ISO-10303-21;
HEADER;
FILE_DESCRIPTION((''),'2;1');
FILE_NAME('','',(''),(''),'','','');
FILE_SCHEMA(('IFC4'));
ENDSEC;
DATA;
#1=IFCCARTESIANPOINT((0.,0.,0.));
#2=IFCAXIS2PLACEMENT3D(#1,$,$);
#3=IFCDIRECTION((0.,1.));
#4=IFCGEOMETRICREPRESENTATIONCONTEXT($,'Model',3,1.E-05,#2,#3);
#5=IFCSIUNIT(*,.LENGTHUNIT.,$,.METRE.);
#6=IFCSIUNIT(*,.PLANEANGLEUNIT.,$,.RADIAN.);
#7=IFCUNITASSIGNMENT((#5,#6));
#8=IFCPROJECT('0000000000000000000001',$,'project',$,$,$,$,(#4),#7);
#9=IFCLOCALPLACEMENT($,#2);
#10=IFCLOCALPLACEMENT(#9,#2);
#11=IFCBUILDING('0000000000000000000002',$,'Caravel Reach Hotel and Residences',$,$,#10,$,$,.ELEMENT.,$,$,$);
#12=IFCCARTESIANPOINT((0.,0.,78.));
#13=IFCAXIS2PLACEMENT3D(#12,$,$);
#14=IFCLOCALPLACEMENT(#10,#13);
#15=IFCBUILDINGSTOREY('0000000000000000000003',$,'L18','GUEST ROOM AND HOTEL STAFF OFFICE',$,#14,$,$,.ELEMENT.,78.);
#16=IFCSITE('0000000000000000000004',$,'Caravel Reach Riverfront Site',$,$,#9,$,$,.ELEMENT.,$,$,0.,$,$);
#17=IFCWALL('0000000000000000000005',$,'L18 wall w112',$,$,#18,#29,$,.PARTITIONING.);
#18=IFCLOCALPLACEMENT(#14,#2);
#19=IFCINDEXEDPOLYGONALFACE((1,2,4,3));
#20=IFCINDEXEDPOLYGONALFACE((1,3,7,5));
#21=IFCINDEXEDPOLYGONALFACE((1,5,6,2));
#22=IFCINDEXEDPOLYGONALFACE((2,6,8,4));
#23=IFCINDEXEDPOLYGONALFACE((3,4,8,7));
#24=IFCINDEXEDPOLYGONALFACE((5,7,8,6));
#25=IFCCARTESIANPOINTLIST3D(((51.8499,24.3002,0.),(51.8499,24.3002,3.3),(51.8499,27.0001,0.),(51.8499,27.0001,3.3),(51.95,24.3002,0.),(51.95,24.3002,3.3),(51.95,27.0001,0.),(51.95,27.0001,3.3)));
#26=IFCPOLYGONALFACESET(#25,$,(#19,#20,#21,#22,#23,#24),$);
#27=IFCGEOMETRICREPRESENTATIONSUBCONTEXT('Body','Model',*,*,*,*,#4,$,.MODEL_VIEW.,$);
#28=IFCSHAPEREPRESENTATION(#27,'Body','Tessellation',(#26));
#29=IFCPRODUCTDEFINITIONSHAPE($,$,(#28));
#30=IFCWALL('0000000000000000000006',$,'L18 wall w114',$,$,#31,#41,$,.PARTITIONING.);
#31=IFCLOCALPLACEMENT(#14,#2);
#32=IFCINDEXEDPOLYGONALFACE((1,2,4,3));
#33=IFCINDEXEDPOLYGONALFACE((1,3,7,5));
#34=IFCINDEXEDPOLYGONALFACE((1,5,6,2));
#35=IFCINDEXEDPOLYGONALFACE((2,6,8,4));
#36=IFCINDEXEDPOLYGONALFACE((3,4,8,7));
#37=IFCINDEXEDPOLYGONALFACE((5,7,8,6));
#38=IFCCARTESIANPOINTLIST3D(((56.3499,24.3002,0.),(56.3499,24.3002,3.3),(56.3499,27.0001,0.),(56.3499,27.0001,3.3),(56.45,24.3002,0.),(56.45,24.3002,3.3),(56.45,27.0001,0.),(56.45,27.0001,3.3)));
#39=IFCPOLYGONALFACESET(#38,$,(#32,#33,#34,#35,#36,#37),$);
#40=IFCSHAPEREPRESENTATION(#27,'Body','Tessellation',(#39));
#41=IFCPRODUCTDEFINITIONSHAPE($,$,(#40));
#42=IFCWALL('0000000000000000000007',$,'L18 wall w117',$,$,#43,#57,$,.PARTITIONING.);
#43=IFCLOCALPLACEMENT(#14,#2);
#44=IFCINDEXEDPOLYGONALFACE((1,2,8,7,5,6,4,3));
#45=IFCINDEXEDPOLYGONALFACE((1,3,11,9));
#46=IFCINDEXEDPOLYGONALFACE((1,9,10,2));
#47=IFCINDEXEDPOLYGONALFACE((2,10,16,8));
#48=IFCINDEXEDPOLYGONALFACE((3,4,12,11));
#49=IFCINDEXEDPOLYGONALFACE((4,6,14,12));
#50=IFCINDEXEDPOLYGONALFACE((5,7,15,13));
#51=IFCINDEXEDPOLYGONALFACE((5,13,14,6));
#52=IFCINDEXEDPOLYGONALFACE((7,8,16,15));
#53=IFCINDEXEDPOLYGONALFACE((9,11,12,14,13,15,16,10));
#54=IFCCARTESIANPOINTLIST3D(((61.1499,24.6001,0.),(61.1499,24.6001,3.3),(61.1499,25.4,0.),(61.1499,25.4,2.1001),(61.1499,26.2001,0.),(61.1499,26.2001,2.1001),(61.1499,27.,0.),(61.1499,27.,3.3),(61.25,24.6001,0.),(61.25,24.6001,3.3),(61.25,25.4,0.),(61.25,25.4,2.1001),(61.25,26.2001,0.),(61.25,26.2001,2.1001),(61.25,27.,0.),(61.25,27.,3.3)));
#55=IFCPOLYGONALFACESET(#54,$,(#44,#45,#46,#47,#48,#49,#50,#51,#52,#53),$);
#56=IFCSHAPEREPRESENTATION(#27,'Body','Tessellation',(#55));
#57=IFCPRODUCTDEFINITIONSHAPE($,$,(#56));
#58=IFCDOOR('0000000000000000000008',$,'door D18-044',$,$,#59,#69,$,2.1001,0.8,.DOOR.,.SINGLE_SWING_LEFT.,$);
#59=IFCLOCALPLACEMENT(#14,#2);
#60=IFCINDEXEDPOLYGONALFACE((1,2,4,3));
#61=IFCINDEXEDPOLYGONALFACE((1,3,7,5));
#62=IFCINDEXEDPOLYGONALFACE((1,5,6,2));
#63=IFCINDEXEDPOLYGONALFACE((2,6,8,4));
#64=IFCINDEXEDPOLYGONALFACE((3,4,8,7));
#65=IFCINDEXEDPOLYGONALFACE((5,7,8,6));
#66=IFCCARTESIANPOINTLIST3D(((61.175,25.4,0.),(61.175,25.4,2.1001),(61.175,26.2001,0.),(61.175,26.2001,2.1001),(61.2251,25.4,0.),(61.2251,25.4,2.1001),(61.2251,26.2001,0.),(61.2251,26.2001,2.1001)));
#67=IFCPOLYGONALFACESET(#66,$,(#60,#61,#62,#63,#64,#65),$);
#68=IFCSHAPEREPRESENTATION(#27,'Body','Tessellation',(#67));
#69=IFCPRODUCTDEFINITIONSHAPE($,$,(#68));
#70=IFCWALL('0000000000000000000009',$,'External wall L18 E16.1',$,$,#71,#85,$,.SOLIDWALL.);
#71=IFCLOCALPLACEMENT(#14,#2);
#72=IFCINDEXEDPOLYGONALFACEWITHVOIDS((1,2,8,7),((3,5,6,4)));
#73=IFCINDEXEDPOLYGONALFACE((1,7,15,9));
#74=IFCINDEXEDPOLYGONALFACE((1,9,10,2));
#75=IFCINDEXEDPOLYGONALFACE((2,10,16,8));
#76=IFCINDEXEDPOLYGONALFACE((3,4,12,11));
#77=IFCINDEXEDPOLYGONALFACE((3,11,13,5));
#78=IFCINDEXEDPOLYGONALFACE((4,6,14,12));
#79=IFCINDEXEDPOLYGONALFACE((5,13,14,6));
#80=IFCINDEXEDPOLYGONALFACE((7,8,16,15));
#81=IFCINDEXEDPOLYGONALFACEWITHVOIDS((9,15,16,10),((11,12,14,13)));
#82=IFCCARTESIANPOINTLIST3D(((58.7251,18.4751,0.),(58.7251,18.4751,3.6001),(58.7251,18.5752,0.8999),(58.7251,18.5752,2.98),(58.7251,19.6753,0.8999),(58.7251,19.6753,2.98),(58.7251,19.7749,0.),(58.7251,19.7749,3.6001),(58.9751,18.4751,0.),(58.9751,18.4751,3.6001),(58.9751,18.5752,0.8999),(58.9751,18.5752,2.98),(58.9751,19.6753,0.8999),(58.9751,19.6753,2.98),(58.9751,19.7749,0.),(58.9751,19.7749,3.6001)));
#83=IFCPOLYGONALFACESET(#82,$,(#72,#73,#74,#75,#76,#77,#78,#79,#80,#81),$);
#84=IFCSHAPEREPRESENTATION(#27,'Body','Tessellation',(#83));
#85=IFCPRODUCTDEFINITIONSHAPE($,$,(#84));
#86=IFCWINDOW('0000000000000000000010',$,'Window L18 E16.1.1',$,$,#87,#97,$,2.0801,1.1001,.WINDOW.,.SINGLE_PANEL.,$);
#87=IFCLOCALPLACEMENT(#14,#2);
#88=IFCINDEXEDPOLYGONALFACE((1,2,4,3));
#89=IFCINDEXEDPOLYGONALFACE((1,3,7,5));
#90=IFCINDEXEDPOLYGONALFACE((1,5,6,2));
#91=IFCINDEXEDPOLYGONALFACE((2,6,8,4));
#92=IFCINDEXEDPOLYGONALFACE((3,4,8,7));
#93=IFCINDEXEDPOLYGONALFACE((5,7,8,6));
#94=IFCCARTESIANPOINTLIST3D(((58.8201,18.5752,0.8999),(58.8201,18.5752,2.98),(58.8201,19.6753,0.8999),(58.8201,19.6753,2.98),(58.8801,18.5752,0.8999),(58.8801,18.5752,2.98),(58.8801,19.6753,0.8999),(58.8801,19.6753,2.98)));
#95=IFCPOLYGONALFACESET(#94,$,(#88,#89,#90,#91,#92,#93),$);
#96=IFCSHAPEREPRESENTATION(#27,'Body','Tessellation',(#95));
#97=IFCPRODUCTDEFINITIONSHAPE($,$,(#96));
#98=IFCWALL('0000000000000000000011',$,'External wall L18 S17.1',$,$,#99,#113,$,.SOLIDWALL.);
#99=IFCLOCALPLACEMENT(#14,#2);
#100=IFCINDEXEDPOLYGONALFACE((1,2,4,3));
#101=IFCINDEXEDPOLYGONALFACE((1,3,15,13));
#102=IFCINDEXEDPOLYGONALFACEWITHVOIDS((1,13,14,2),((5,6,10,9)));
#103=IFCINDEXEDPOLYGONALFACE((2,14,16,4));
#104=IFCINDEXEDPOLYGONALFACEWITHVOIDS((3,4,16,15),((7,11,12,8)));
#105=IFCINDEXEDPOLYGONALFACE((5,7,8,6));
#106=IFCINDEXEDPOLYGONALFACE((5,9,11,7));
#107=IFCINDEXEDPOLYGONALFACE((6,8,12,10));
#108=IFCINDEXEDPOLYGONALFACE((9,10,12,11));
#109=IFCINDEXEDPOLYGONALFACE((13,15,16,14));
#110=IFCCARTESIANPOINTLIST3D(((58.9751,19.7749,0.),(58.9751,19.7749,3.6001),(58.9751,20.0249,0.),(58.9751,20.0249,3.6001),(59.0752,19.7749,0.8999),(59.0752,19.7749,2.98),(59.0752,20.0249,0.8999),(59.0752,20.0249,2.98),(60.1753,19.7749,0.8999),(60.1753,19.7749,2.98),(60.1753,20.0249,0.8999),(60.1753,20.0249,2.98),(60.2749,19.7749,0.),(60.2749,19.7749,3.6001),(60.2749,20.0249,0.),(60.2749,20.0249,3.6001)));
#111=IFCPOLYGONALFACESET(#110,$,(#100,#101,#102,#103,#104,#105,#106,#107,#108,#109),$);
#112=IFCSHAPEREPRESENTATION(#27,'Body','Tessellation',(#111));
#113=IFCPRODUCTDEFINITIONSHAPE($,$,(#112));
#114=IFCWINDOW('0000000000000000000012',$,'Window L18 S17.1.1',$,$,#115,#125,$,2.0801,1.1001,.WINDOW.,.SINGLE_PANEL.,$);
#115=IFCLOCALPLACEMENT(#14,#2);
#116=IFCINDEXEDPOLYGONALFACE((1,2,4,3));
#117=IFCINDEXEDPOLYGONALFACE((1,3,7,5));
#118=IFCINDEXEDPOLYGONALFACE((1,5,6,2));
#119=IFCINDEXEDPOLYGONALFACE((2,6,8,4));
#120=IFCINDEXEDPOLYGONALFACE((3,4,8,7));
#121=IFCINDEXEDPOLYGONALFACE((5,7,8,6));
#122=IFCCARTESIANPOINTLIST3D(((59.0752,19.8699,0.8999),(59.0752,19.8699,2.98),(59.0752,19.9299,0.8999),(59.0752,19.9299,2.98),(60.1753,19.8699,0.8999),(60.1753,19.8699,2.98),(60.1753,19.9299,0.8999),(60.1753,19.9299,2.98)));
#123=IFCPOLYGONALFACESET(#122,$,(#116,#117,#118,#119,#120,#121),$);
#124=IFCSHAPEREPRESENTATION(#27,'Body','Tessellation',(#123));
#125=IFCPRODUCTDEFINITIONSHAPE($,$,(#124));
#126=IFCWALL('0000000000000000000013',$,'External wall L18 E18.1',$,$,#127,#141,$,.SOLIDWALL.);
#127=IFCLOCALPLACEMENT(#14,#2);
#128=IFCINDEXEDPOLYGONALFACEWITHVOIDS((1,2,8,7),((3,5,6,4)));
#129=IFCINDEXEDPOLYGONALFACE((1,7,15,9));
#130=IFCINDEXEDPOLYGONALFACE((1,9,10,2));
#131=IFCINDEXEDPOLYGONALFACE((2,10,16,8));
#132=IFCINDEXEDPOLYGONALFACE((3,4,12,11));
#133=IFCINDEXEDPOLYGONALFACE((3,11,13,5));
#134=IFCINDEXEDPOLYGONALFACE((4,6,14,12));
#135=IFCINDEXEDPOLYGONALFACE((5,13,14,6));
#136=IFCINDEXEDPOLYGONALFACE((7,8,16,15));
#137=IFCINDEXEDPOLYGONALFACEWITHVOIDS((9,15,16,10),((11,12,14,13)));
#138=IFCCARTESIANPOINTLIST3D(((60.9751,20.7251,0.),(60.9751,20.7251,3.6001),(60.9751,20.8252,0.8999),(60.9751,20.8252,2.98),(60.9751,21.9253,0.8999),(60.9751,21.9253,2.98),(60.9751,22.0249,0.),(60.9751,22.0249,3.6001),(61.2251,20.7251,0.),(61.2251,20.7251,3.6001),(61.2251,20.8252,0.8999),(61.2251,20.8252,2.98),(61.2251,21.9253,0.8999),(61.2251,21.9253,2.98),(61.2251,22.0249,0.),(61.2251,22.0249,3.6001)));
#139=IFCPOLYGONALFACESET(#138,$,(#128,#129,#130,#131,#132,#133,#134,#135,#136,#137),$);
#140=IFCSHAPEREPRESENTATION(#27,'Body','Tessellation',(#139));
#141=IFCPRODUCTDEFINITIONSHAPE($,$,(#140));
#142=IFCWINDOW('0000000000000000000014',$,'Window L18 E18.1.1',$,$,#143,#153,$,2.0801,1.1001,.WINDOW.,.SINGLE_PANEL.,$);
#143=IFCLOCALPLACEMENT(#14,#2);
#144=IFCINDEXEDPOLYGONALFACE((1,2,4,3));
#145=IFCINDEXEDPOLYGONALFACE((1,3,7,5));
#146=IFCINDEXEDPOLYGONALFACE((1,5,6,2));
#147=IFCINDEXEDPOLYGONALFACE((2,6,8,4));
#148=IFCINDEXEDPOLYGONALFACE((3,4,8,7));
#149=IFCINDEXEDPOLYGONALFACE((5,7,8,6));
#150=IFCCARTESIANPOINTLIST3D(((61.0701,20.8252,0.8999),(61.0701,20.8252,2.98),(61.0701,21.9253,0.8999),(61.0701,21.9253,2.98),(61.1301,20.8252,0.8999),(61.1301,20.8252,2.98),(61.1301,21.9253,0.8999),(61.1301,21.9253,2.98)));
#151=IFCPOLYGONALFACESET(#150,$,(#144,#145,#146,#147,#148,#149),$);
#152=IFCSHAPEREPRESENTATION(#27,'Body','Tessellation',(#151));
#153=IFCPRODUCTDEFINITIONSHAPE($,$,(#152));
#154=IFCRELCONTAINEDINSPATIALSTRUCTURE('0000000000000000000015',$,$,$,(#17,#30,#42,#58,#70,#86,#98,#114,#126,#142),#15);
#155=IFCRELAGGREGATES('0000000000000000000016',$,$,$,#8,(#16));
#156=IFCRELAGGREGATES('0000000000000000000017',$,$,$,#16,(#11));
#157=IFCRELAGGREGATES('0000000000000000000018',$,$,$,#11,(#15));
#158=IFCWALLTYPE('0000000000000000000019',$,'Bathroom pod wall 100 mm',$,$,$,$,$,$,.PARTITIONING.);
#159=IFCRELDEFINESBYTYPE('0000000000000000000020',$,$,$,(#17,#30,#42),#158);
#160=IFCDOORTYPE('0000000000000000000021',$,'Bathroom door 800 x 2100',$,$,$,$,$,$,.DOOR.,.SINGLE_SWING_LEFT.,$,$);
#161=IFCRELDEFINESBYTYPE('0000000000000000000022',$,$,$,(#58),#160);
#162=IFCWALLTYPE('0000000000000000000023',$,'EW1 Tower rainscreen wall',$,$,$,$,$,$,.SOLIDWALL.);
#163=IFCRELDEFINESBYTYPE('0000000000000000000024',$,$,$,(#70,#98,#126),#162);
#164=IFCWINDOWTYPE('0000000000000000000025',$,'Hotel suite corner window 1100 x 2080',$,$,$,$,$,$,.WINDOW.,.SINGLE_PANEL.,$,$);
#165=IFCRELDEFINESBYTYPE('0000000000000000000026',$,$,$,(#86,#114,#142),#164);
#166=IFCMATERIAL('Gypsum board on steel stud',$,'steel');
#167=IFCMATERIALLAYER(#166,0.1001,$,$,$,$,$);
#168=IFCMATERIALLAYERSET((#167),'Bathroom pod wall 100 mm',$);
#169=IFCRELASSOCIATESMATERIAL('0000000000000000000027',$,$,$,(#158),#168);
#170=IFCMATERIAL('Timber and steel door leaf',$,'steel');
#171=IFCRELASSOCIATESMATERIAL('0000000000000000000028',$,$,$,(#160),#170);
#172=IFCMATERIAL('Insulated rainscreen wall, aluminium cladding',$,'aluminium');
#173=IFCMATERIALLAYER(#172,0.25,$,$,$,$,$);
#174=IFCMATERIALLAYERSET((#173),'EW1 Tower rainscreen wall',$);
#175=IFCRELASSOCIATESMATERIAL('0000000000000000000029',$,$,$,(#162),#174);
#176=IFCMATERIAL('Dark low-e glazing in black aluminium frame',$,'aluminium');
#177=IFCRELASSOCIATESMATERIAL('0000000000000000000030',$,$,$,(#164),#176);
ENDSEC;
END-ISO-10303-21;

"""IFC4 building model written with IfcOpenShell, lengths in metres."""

from ifc_helpers import new_model, si_unit, direction, frame, frame_2d, origin, place, context, subcontext, project, spatial, rectangle, extrude, material, layer, layer_set, type_object, element, fill, save


model = new_model("IFC4")

# Units and contexts
model_context = context("Model", 3, precision=1e-05, world=origin(), true_north=direction((0.0, 1.0)))
body_context = subcontext(model_context, "Body", "Model", "MODEL_VIEW")
ifc_project = project(units=[si_unit("LENGTHUNIT", "METRE"), si_unit("PLANEANGLEUNIT", "RADIAN")], contexts=[model_context])

# Site, building, storey
site_placement = place(None, origin())
site = spatial("IfcSite", under=ifc_project, at=site_placement, Name="Caravel Reach Riverfront Site", CompositionType="ELEMENT", RefElevation=0.0)
building_placement = place(site_placement, origin())
building = spatial("IfcBuilding", under=site, at=building_placement, Name="Caravel Reach Hotel and Residences", CompositionType="ELEMENT")
storey_placement = place(building_placement, frame((0.0, 0.0, 78.0)))
storey = spatial("IfcBuildingStorey", under=building, at=storey_placement, Name="L18", Description="GUEST ROOM AND HOTEL STAFF OFFICE", CompositionType="ELEMENT", Elevation=78.0)

# Shared definitions
ifc_material_1 = material(Name="Gypsum board on steel stud", Category="steel")
ifc_layer_1 = layer(ifc_material_1, 0.1001)
ifc_layer_set_1 = layer_set([ifc_layer_1], Name="Bathroom pod wall 100 mm")
wall_type_1 = type_object("IfcWallType", Name="Bathroom pod wall 100 mm", PredefinedType="PARTITIONING", material=ifc_layer_set_1)
ifc_material_2 = material(Name="Timber and steel door leaf", Category="steel")
door_type = type_object("IfcDoorType", Name="Bathroom door 800 x 2100", OperationType="SINGLE_SWING_LEFT", PredefinedType="DOOR", material=ifc_material_2)

# Walls
for number, where, z_axis, x_axis, name in (
    (1, (51.8999, 24.3, 0.0), (0.0, 0.0, 1.0), (0.0, 1.0, 0.0), "L18 wall w112"),
    (2, (56.3999, 24.3, 0.0), (0.0, 0.0, 1.0), (0.0, 1.0, 0.0), "L18 wall w114"),
):
    element("IfcWall", number, at=place(storey_placement, frame(where, z_axis=z_axis, x_axis=x_axis)), inside=storey, type_object=wall_type_1, Name=name, PredefinedType="PARTITIONING", context=body_context, shape_type="SweptSolid", body=[
        extrude(rectangle(XDim=2.7, YDim=0.1001, at=frame_2d((1.3501, 0.0))), origin(), (0.0, 0.0, 1.0), 3.3),
    ])

# Wall, opening, door
wall_1_placement = place(storey_placement, frame((61.2, 24.6001, 0.0), z_axis=(0.0, 0.0, 1.0), x_axis=(0.0, 1.0, 0.0)))
wall_1 = element("IfcWall", 3, at=wall_1_placement, inside=storey, type_object=wall_type_1, Name="L18 wall w117", PredefinedType="PARTITIONING", context=body_context, shape_type="SweptSolid", body=[
    extrude(rectangle(XDim=2.3999, YDim=0.1001, at=frame_2d((1.2, 0.0))), origin(), (0.0, 0.0, 1.0), 3.3),
])
opening_1_placement = place(wall_1_placement, frame((0.8, 0.0, 0.0)))
opening_1 = element("IfcOpeningElement", 4, at=opening_1_placement, cuts=wall_1, PredefinedType="OPENING", context=body_context, shape_type="SweptSolid", body=[
    extrude(rectangle(XDim=0.8, YDim=2.1001, at=frame_2d((0.3999, 1.05))), frame((0.0, 0.0601, 0.0), z_axis=(0.0, -1.0, 0.0), x_axis=(1.0, 0.0, 0.0)), (0.0, 0.0, 1.0), 0.1201),
])
door_1_placement = place(opening_1_placement, origin())
door_1 = element("IfcDoor", 5, at=door_1_placement, inside=storey, type_object=door_type, Name="door D18-044", OperationType="SINGLE_SWING_LEFT", OverallHeight=2.1001, OverallWidth=0.8, PredefinedType="DOOR", context=body_context, shape_type="SweptSolid", body=[
    extrude(rectangle(XDim=0.8, YDim=2.1001, at=frame_2d((0.3999, 1.05))), frame((0.0, 0.0249, 0.0), z_axis=(0.0, -1.0, 0.0), x_axis=(1.0, 0.0, 0.0)), (0.0, 0.0, 1.0), 0.05),
])
fill(opening_1, door_1)

# Walls, openings, windows
ifc_material_3 = material(Name="Insulated rainscreen wall, aluminium cladding", Category="aluminium")
ifc_layer_2 = layer(ifc_material_3, 0.25)
ifc_layer_set_2 = layer_set([ifc_layer_2], Name="EW1 Tower rainscreen wall")
wall_type_2 = type_object("IfcWallType", Name="EW1 Tower rainscreen wall", PredefinedType="SOLIDWALL", material=ifc_layer_set_2)
wall_2_placement = place(storey_placement, frame((58.8501, 18.4751, 0.0), z_axis=(0.0, 0.0, 1.0), x_axis=(0.0, 1.0, 0.0)))
wall_2 = element("IfcWall", 6, at=wall_2_placement, inside=storey, type_object=wall_type_2, Name="External wall L18 E16.1", PredefinedType="SOLIDWALL", context=body_context, shape_type="SweptSolid", body=[
    extrude(rectangle(XDim=1.2998, YDim=0.25, at=frame_2d((0.6499, 0.0))), origin(), (0.0, 0.0, 1.0), 3.6001),
])
opening_2_placement = place(wall_2_placement, frame((0.1001, 0.0, 0.8999)))
opening_2 = element("IfcOpeningElement", 7, at=opening_2_placement, cuts=wall_2, PredefinedType="OPENING", context=body_context, shape_type="SweptSolid", body=[
    extrude(rectangle(XDim=1.1001, YDim=2.0801, at=frame_2d((0.55, 1.04))), frame((0.0, 0.135, 0.0), z_axis=(0.0, -1.0, 0.0), x_axis=(1.0, 0.0, 0.0)), (0.0, 0.0, 1.0), 0.27),
])
ifc_material_4 = material(Name="Dark low-e glazing in black aluminium frame", Category="aluminium")
window_type_1 = type_object("IfcWindowType", Name="Hotel suite corner window 1100 x 2080", PartitioningType="SINGLE_PANEL", PredefinedType="WINDOW", material=ifc_material_4)
window_1_placement = place(opening_2_placement, origin())
window_1 = element("IfcWindow", 8, at=window_1_placement, inside=storey, type_object=window_type_1, Name="Window L18 E16.1.1", OverallHeight=2.0801, OverallWidth=1.1001, PartitioningType="SINGLE_PANEL", PredefinedType="WINDOW", context=body_context, shape_type="SweptSolid", body=[
    extrude(rectangle(XDim=1.1001, YDim=2.0801, at=frame_2d((0.55, 1.04))), frame((0.0, 0.03, 0.0), z_axis=(0.0, -1.0, 0.0), x_axis=(1.0, 0.0, 0.0)), (0.0, 0.0, 1.0), 0.0601),
])
fill(opening_2, window_1)
wall_3_placement = place(storey_placement, frame((58.9751, 19.8999, 0.0), z_axis=(0.0, 0.0, 1.0), x_axis=(1.0, 0.0, 0.0)))
wall_3 = element("IfcWall", 9, at=wall_3_placement, inside=storey, type_object=wall_type_2, Name="External wall L18 S17.1", PredefinedType="SOLIDWALL", context=body_context, shape_type="SweptSolid", body=[
    extrude(rectangle(XDim=1.2998, YDim=0.25, at=frame_2d((0.6499, 0.0))), origin(), (0.0, 0.0, 1.0), 3.6001),
])
opening_3_placement = place(wall_3_placement, frame((0.1001, 0.0, 0.8999)))
opening_3 = element("IfcOpeningElement", 10, at=opening_3_placement, cuts=wall_3, PredefinedType="OPENING", context=body_context, shape_type="SweptSolid", body=[
    extrude(rectangle(XDim=1.1001, YDim=2.0801, at=frame_2d((0.55, 1.04))), frame((0.0, 0.135, 0.0), z_axis=(0.0, -1.0, 0.0), x_axis=(1.0, 0.0, 0.0)), (0.0, 0.0, 1.0), 0.27),
])
window_2_placement = place(opening_3_placement, origin())
window_2 = element("IfcWindow", 11, at=window_2_placement, inside=storey, type_object=window_type_1, Name="Window L18 S17.1.1", OverallHeight=2.0801, OverallWidth=1.1001, PartitioningType="SINGLE_PANEL", PredefinedType="WINDOW", context=body_context, shape_type="SweptSolid", body=[
    extrude(rectangle(XDim=1.1001, YDim=2.0801, at=frame_2d((0.55, 1.04))), frame((0.0, 0.03, 0.0), z_axis=(0.0, -1.0, 0.0), x_axis=(1.0, 0.0, 0.0)), (0.0, 0.0, 1.0), 0.0601),
])
fill(opening_3, window_2)
wall_4_placement = place(storey_placement, frame((61.1001, 20.7251, 0.0), z_axis=(0.0, 0.0, 1.0), x_axis=(0.0, 1.0, 0.0)))
wall_4 = element("IfcWall", 12, at=wall_4_placement, inside=storey, type_object=wall_type_2, Name="External wall L18 E18.1", PredefinedType="SOLIDWALL", context=body_context, shape_type="SweptSolid", body=[
    extrude(rectangle(XDim=1.2998, YDim=0.25, at=frame_2d((0.6499, 0.0))), origin(), (0.0, 0.0, 1.0), 3.6001),
])
opening_4_placement = place(wall_4_placement, frame((0.1001, 0.0, 0.8999)))
opening_4 = element("IfcOpeningElement", 13, at=opening_4_placement, cuts=wall_4, PredefinedType="OPENING", context=body_context, shape_type="SweptSolid", body=[
    extrude(rectangle(XDim=1.1001, YDim=2.0801, at=frame_2d((0.55, 1.04))), frame((0.0, 0.135, 0.0), z_axis=(0.0, -1.0, 0.0), x_axis=(1.0, 0.0, 0.0)), (0.0, 0.0, 1.0), 0.27),
])
window_3_placement = place(opening_4_placement, origin())
window_3 = element("IfcWindow", 14, at=window_3_placement, inside=storey, type_object=window_type_1, Name="Window L18 E18.1.1", OverallHeight=2.0801, OverallWidth=1.1001, PartitioningType="SINGLE_PANEL", PredefinedType="WINDOW", context=body_context, shape_type="SweptSolid", body=[
    extrude(rectangle(XDim=1.1001, YDim=2.0801, at=frame_2d((0.55, 1.04))), frame((0.0, 0.03, 0.0), z_axis=(0.0, -1.0, 0.0), x_axis=(1.0, 0.0, 0.0)), (0.0, 0.0, 1.0), 0.0601),
])
fill(opening_4, window_3)

save(model, "model.ifc")
